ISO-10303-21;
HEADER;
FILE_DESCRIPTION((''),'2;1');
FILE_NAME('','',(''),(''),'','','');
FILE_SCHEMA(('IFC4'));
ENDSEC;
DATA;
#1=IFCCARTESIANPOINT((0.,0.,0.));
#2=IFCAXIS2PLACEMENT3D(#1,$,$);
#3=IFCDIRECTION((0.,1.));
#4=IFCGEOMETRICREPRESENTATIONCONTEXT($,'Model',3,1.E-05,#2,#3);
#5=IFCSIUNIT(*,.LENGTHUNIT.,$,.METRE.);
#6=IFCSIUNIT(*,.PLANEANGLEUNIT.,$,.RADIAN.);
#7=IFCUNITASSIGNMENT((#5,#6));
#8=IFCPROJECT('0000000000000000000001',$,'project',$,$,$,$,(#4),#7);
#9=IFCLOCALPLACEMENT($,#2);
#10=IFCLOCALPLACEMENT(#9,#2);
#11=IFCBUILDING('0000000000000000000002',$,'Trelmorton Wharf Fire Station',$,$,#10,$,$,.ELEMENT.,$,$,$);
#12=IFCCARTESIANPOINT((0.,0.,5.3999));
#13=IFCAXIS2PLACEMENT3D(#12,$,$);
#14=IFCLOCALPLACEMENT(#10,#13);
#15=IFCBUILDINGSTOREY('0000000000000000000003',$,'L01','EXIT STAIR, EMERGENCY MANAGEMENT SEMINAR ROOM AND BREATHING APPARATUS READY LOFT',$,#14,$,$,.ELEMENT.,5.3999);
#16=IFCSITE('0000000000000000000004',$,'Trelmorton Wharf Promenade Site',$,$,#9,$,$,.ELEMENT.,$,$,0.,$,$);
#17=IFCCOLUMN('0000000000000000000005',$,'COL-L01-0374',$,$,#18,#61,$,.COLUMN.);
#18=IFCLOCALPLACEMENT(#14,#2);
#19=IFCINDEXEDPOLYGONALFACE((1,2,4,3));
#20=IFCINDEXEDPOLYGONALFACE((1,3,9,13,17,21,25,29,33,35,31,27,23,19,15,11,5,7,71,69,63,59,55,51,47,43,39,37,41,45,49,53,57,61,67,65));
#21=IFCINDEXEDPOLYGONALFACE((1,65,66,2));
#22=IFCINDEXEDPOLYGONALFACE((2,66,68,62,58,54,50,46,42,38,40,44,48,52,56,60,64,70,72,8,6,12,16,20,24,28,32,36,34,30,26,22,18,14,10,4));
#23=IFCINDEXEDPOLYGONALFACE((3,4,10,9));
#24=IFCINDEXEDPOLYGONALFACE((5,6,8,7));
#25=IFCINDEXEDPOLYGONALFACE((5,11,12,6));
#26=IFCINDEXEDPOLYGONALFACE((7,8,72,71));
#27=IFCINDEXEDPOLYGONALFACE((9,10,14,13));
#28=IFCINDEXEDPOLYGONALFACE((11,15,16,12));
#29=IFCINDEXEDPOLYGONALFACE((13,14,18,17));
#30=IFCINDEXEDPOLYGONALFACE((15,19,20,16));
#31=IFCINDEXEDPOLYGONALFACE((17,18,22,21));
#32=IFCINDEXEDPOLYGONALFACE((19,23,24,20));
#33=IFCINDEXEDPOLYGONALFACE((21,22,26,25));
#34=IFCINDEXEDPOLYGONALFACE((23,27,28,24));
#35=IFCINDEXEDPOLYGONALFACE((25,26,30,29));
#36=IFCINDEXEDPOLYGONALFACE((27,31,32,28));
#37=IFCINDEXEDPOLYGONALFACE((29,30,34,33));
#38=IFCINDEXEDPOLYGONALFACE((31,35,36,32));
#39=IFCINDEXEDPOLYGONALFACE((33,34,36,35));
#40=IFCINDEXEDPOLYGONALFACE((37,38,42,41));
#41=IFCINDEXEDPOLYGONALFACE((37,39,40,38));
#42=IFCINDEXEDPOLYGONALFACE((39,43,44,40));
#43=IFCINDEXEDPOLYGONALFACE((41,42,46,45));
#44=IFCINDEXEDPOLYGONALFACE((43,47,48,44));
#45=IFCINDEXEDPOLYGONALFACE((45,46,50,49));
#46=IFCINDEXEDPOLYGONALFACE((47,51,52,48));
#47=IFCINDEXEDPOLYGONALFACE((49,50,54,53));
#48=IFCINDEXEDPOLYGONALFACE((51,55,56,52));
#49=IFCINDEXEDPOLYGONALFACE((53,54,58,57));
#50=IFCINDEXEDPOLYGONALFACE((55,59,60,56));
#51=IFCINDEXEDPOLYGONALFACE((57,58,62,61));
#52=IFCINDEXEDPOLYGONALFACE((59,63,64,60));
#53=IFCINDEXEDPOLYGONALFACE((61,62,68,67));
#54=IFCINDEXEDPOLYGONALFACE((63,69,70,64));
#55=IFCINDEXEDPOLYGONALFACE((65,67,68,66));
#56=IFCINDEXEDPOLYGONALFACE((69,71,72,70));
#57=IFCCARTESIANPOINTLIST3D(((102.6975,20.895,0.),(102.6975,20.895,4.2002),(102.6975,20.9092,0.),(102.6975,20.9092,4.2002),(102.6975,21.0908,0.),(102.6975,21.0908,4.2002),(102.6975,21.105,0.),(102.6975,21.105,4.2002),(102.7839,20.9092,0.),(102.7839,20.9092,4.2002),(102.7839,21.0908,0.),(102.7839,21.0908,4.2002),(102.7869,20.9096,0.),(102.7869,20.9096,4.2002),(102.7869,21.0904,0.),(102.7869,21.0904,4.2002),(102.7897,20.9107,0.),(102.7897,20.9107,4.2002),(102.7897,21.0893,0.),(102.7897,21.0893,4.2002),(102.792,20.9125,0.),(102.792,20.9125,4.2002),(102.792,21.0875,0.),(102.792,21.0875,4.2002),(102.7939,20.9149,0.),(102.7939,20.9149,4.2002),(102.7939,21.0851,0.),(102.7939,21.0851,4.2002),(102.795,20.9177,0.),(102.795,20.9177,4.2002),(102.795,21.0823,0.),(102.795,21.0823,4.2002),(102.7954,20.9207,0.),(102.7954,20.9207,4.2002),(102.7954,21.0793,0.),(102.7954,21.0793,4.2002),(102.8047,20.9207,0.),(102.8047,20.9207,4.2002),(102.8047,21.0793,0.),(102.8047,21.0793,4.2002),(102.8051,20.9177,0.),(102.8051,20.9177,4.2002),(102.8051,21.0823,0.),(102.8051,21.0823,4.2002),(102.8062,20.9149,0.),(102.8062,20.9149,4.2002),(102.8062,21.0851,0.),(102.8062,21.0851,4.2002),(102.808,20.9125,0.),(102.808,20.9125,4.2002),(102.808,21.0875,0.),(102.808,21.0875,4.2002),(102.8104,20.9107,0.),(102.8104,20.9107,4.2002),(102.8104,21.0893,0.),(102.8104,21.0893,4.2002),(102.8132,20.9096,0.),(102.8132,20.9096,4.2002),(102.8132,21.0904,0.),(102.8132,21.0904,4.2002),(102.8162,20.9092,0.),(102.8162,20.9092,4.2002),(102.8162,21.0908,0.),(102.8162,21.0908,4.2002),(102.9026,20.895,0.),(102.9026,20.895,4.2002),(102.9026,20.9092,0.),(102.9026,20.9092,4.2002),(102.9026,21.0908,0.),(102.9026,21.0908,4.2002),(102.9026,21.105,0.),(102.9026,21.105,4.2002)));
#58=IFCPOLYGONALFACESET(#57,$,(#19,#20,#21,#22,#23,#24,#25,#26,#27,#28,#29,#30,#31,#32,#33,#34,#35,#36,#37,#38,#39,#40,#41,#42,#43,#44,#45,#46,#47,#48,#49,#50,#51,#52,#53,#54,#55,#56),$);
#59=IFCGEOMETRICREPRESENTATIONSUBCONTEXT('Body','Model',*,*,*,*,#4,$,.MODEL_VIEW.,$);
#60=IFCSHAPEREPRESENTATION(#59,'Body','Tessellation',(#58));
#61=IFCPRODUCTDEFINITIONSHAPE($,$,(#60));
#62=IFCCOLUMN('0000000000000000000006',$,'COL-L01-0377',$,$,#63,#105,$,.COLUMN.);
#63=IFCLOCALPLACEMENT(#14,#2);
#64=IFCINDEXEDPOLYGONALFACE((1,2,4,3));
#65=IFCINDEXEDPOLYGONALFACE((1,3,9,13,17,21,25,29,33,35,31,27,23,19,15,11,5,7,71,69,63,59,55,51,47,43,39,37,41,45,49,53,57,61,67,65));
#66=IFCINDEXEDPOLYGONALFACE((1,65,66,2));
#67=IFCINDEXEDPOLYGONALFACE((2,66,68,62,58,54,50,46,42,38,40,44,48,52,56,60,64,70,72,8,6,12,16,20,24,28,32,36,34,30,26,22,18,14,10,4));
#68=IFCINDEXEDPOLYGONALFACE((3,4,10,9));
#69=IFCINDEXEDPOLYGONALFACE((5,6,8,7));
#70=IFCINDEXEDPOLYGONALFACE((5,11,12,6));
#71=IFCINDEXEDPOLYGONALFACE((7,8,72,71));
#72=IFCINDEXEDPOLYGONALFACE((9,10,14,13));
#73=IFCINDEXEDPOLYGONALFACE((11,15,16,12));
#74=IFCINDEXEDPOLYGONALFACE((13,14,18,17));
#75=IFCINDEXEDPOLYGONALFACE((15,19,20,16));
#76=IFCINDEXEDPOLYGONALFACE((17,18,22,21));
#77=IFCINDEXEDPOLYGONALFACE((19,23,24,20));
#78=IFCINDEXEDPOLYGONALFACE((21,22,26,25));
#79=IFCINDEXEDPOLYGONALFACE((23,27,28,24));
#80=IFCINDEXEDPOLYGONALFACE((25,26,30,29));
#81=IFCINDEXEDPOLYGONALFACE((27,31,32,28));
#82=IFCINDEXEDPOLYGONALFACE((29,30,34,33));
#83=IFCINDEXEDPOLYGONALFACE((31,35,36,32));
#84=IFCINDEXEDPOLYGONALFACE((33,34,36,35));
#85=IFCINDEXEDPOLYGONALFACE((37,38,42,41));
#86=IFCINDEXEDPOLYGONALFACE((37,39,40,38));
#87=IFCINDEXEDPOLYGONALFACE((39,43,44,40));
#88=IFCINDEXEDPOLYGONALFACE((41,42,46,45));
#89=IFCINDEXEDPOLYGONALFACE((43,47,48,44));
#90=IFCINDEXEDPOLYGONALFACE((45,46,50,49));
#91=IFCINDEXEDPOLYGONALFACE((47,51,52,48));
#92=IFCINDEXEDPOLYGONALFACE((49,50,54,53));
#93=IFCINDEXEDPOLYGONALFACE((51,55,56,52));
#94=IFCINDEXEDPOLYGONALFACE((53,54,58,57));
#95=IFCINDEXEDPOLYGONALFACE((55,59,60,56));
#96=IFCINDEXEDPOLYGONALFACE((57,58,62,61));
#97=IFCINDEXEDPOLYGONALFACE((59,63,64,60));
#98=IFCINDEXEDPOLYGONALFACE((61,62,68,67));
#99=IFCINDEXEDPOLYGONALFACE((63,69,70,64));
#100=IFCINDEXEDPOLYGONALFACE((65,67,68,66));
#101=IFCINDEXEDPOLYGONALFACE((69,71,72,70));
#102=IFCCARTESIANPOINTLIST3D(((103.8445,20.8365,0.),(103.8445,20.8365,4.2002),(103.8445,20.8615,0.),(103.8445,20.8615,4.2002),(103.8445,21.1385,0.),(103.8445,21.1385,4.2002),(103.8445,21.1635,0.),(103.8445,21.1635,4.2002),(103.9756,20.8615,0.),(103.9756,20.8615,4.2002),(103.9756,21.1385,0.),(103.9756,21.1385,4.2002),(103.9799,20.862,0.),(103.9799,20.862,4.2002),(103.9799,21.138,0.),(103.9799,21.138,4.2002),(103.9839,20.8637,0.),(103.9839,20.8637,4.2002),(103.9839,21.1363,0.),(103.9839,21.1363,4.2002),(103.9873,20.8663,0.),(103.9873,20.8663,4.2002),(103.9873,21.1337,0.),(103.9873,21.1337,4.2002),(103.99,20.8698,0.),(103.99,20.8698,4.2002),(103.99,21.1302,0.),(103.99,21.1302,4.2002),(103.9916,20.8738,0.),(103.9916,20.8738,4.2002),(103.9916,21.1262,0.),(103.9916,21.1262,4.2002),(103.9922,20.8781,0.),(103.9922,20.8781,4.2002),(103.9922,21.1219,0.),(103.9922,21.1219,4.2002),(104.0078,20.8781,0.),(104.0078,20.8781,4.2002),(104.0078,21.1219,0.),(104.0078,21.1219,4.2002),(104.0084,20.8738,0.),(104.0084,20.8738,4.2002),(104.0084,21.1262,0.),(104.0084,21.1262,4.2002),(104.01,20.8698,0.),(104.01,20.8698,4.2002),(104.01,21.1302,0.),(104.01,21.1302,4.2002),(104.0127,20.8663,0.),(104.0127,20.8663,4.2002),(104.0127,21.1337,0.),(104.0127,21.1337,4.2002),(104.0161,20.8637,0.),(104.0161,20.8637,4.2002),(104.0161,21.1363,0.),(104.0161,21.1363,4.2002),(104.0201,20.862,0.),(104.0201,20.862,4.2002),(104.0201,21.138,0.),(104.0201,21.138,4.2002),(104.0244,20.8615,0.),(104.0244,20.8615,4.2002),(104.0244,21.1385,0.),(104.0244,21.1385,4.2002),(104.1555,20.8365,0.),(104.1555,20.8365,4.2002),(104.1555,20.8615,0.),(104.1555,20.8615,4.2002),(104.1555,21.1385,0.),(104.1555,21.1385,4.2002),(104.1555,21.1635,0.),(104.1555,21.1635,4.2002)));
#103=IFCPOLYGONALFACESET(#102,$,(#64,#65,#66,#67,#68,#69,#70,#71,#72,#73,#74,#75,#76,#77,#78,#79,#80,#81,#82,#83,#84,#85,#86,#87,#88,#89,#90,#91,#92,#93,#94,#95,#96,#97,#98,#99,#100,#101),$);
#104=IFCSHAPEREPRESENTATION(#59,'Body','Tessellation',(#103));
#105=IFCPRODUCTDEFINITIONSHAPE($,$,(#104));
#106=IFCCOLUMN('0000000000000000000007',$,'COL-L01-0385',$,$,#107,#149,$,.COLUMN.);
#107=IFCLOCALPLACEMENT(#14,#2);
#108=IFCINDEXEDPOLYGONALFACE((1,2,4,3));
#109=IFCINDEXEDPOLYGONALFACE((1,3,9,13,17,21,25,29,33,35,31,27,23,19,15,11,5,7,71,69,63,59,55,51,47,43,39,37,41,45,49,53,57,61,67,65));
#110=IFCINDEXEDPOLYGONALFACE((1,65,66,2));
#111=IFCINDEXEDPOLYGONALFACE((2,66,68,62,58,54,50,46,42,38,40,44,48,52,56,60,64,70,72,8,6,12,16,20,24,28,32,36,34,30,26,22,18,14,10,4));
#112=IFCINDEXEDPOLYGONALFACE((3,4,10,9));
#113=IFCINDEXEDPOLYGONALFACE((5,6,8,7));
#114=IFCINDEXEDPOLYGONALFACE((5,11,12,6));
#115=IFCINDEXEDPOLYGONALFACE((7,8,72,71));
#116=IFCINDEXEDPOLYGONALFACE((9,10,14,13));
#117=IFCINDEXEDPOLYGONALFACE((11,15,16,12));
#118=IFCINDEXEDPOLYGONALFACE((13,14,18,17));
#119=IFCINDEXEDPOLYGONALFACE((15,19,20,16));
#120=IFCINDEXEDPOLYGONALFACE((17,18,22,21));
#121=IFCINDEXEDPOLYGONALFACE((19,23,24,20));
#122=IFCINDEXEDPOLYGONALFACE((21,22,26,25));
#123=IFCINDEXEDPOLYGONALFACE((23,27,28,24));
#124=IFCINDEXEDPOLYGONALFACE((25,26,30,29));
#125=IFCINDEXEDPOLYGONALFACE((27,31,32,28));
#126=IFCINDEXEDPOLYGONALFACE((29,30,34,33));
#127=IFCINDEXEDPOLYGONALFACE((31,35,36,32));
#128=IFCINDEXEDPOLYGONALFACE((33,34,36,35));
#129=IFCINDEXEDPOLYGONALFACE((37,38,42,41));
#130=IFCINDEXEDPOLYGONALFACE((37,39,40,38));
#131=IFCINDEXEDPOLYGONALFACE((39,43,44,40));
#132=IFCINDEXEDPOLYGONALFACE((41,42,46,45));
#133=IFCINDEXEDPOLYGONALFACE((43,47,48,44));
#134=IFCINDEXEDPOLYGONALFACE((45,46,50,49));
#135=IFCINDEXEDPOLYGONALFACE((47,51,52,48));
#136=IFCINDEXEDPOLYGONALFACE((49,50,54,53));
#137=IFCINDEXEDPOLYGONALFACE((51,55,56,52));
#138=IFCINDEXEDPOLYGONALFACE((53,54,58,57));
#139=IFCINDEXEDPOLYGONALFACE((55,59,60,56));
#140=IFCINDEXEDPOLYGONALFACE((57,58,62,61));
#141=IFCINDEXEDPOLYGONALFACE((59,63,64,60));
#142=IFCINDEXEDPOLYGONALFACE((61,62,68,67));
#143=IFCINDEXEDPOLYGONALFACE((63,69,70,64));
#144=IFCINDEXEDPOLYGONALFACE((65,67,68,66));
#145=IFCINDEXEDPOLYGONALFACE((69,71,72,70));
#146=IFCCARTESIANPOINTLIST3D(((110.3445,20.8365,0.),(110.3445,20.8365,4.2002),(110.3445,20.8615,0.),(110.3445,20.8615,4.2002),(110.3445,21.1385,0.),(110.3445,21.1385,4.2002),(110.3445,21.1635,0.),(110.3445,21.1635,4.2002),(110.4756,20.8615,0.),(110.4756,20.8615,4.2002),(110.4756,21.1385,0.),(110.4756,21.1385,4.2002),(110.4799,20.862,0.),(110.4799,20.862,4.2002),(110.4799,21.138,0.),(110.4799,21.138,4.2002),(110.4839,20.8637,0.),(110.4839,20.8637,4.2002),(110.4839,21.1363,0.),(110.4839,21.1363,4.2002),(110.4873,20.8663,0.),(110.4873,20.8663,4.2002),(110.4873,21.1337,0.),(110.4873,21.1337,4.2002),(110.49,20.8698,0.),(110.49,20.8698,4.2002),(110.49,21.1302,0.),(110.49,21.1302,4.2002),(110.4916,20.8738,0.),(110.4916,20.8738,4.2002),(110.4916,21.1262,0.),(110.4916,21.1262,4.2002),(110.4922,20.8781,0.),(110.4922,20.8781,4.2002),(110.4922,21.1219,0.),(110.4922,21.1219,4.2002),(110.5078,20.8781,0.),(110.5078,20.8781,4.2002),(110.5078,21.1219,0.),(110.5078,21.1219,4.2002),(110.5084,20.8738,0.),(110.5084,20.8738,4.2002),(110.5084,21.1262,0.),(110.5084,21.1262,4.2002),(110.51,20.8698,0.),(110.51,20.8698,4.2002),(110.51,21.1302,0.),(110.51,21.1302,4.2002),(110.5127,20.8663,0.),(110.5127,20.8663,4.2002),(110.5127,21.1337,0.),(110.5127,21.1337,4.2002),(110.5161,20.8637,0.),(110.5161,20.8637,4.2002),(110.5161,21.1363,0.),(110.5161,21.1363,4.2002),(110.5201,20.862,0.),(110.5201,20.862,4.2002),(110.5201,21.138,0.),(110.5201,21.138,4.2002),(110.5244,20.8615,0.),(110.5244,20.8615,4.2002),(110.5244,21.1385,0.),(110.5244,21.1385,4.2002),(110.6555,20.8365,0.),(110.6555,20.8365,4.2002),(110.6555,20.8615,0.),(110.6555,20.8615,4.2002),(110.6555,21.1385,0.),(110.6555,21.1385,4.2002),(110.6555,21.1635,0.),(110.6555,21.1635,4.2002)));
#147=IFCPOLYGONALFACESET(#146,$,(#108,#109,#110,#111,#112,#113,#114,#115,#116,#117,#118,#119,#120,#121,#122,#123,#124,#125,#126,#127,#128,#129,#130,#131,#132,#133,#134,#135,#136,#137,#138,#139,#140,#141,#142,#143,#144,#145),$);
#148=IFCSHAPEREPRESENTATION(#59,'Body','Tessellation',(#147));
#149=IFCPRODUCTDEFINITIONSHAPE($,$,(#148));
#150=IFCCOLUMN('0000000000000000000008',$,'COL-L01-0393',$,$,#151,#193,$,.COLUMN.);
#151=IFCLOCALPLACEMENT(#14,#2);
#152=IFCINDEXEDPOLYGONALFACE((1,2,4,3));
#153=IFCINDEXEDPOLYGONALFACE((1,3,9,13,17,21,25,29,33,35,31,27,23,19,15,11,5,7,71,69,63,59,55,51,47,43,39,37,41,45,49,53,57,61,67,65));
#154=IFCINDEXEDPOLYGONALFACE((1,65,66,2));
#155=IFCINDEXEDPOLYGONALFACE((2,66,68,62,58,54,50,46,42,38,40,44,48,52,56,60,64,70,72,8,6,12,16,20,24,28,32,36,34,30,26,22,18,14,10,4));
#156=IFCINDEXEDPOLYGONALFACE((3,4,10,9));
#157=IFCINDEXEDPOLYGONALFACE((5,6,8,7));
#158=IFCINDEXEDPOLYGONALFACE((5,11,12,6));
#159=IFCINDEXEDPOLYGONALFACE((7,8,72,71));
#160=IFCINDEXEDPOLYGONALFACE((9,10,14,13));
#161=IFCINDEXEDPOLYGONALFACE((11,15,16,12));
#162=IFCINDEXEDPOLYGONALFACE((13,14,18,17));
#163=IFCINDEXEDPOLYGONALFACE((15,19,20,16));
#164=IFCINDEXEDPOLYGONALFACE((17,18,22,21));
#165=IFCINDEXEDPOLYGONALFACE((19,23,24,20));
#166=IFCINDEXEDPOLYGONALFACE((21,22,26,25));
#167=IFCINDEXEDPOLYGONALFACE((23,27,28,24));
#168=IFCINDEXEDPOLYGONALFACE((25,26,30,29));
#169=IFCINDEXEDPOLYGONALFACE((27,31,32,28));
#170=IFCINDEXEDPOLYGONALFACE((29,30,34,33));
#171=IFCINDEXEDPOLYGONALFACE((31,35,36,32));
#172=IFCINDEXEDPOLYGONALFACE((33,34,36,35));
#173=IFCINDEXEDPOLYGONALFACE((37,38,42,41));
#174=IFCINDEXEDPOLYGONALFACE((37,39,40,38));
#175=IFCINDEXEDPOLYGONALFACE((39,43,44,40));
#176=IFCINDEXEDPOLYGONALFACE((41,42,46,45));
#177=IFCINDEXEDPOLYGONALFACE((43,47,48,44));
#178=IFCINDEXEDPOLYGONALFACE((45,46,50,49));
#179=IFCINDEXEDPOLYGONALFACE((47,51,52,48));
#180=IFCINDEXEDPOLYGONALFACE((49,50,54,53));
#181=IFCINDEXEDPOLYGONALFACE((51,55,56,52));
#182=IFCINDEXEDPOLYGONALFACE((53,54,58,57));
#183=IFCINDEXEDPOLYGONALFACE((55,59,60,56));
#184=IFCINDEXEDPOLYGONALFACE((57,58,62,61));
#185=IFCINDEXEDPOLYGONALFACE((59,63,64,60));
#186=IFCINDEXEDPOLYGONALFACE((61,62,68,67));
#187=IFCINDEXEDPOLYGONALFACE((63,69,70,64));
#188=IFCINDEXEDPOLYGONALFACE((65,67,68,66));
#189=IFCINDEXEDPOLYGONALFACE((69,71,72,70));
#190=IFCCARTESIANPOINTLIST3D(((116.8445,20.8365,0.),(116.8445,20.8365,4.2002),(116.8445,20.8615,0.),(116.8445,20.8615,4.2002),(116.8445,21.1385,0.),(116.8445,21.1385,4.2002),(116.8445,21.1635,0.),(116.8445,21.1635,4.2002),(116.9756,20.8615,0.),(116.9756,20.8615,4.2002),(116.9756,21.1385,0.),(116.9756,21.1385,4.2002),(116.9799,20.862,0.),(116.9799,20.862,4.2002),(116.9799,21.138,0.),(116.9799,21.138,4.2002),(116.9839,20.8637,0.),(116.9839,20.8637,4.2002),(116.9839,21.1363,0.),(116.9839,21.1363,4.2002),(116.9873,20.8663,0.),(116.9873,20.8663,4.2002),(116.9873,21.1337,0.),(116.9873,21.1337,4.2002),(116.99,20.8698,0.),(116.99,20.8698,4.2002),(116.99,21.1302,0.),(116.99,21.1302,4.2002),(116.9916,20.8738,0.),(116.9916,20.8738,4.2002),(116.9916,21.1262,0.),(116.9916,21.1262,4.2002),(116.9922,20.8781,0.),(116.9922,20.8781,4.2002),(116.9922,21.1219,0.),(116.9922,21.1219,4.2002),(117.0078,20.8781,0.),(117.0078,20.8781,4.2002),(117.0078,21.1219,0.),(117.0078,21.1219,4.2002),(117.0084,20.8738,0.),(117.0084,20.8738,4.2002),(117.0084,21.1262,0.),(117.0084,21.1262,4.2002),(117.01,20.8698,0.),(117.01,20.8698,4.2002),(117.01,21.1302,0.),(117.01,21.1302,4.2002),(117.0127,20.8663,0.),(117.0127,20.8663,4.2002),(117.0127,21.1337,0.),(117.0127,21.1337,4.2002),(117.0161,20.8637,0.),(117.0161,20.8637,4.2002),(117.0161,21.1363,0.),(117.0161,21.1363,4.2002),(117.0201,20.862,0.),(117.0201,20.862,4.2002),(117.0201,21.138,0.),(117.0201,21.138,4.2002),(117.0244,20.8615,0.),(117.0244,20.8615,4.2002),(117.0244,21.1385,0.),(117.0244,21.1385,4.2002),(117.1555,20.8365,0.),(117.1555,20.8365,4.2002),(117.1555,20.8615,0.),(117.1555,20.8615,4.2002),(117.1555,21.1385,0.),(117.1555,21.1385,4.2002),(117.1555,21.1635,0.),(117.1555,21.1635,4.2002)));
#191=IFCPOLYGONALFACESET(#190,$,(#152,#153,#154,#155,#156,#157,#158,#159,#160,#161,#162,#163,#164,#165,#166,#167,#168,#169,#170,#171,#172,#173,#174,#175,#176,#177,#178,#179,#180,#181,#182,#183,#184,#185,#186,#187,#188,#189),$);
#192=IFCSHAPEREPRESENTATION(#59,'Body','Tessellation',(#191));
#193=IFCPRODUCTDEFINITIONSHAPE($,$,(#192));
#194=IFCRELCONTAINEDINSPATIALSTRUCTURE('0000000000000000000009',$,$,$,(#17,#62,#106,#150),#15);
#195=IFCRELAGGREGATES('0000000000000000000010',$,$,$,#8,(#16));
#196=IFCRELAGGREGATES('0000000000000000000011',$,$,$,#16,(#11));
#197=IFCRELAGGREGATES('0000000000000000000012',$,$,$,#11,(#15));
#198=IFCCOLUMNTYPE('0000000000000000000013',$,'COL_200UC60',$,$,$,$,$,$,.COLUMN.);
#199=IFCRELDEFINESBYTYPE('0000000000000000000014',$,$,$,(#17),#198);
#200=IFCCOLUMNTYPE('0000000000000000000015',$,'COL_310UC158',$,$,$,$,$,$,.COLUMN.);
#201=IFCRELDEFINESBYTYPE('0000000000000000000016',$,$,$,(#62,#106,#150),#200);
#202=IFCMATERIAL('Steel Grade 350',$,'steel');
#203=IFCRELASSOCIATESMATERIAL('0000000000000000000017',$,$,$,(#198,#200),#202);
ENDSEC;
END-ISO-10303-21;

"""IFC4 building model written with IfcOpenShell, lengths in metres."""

from ifc_helpers import new_model, si_unit, direction, frame, origin, origin_2d, place, context, subcontext, project, spatial, i_section, extrude, material, material_profile, profile_set, type_object, element, save


model = new_model("IFC4")

# Units and contexts
model_context = context("Model", 3, precision=1e-05, world=origin(), true_north=direction((0.0, 1.0)))
body_context = subcontext(model_context, "Body", "Model", "MODEL_VIEW")
ifc_project = project(units=[si_unit("LENGTHUNIT", "METRE"), si_unit("PLANEANGLEUNIT", "RADIAN")], contexts=[model_context])

# Site, building, storey
site_placement = place(None, origin())
site = spatial("IfcSite", under=ifc_project, at=site_placement, Name="Trelmorton Wharf Promenade Site", CompositionType="ELEMENT", RefElevation=0.0)
building_placement = place(site_placement, origin())
building = spatial("IfcBuilding", under=site, at=building_placement, Name="Trelmorton Wharf Fire Station", CompositionType="ELEMENT")
storey_placement = place(building_placement, frame((0.0, 0.0, 5.3999)))
storey = spatial("IfcBuildingStorey", under=building, at=storey_placement, Name="L01", Description="EXIT STAIR, EMERGENCY MANAGEMENT SEMINAR ROOM AND BREATHING APPARATUS READY LOFT", CompositionType="ELEMENT", Elevation=5.3999)

# Columns
ifc_material_1 = material(Name="Steel Grade 350", Category="steel")
ifc_material_profile_1 = material_profile(ifc_material_1, i_section(OverallWidth=0.2051, OverallDepth=0.21, WebThickness=0.0093, FlangeThickness=0.0142, FilletRadius=0.0115, at=origin_2d()), Name="200UC59.5")
ifc_profile_set_1 = profile_set([ifc_material_profile_1], Name="Steel Grade 350")
column_type_1 = type_object("IfcColumnType", Name="COL_200UC60", PredefinedType="COLUMN", material=ifc_profile_set_1)
column_placement = place(storey_placement, frame((102.8, 21.0, 0.0), z_axis=(0.0, 0.0, 1.0), x_axis=(1.0, 0.0, 0.0)))
element("IfcColumn", 1, at=column_placement, inside=storey, type_object=column_type_1, Name="COL-L01-0374", PredefinedType="COLUMN", context=body_context, shape_type="SweptSolid", body=[
    extrude(i_section(OverallWidth=0.2051, OverallDepth=0.21, WebThickness=0.0093, FlangeThickness=0.0142, FilletRadius=0.0115, at=origin_2d()), origin(), (0.0, 0.0, 1.0), 4.2002),
])
ifc_material_profile_2 = material_profile(ifc_material_1, i_section(OverallWidth=0.311, OverallDepth=0.3269, WebThickness=0.0156, FlangeThickness=0.0249, FilletRadius=0.0166, at=origin_2d()), Name="310UC158")
ifc_profile_set_2 = profile_set([ifc_material_profile_2], Name="Steel Grade 350")
column_type_2 = type_object("IfcColumnType", Name="COL_310UC158", PredefinedType="COLUMN", material=ifc_profile_set_2)
for number, where, z_axis, x_axis, name in (
    (2, (104.0, 21.0, 0.0), (0.0, 0.0, 1.0), (1.0, 0.0, 0.0), "COL-L01-0377"),
    (3, (110.5, 21.0, 0.0), (0.0, 0.0, 1.0), (1.0, 0.0, 0.0), "COL-L01-0385"),
    (4, (117.0, 21.0, 0.0), (0.0, 0.0, 1.0), (1.0, 0.0, 0.0), "COL-L01-0393"),
):
    element("IfcColumn", number, at=place(storey_placement, frame(where, z_axis=z_axis, x_axis=x_axis)), inside=storey, type_object=column_type_2, Name=name, PredefinedType="COLUMN", context=body_context, shape_type="SweptSolid", body=[
        extrude(i_section(OverallWidth=0.311, OverallDepth=0.3269, WebThickness=0.0156, FlangeThickness=0.0249, FilletRadius=0.0166, at=origin_2d()), origin(), (0.0, 0.0, 1.0), 4.2002),
    ])

save(model, "model.ifc")
